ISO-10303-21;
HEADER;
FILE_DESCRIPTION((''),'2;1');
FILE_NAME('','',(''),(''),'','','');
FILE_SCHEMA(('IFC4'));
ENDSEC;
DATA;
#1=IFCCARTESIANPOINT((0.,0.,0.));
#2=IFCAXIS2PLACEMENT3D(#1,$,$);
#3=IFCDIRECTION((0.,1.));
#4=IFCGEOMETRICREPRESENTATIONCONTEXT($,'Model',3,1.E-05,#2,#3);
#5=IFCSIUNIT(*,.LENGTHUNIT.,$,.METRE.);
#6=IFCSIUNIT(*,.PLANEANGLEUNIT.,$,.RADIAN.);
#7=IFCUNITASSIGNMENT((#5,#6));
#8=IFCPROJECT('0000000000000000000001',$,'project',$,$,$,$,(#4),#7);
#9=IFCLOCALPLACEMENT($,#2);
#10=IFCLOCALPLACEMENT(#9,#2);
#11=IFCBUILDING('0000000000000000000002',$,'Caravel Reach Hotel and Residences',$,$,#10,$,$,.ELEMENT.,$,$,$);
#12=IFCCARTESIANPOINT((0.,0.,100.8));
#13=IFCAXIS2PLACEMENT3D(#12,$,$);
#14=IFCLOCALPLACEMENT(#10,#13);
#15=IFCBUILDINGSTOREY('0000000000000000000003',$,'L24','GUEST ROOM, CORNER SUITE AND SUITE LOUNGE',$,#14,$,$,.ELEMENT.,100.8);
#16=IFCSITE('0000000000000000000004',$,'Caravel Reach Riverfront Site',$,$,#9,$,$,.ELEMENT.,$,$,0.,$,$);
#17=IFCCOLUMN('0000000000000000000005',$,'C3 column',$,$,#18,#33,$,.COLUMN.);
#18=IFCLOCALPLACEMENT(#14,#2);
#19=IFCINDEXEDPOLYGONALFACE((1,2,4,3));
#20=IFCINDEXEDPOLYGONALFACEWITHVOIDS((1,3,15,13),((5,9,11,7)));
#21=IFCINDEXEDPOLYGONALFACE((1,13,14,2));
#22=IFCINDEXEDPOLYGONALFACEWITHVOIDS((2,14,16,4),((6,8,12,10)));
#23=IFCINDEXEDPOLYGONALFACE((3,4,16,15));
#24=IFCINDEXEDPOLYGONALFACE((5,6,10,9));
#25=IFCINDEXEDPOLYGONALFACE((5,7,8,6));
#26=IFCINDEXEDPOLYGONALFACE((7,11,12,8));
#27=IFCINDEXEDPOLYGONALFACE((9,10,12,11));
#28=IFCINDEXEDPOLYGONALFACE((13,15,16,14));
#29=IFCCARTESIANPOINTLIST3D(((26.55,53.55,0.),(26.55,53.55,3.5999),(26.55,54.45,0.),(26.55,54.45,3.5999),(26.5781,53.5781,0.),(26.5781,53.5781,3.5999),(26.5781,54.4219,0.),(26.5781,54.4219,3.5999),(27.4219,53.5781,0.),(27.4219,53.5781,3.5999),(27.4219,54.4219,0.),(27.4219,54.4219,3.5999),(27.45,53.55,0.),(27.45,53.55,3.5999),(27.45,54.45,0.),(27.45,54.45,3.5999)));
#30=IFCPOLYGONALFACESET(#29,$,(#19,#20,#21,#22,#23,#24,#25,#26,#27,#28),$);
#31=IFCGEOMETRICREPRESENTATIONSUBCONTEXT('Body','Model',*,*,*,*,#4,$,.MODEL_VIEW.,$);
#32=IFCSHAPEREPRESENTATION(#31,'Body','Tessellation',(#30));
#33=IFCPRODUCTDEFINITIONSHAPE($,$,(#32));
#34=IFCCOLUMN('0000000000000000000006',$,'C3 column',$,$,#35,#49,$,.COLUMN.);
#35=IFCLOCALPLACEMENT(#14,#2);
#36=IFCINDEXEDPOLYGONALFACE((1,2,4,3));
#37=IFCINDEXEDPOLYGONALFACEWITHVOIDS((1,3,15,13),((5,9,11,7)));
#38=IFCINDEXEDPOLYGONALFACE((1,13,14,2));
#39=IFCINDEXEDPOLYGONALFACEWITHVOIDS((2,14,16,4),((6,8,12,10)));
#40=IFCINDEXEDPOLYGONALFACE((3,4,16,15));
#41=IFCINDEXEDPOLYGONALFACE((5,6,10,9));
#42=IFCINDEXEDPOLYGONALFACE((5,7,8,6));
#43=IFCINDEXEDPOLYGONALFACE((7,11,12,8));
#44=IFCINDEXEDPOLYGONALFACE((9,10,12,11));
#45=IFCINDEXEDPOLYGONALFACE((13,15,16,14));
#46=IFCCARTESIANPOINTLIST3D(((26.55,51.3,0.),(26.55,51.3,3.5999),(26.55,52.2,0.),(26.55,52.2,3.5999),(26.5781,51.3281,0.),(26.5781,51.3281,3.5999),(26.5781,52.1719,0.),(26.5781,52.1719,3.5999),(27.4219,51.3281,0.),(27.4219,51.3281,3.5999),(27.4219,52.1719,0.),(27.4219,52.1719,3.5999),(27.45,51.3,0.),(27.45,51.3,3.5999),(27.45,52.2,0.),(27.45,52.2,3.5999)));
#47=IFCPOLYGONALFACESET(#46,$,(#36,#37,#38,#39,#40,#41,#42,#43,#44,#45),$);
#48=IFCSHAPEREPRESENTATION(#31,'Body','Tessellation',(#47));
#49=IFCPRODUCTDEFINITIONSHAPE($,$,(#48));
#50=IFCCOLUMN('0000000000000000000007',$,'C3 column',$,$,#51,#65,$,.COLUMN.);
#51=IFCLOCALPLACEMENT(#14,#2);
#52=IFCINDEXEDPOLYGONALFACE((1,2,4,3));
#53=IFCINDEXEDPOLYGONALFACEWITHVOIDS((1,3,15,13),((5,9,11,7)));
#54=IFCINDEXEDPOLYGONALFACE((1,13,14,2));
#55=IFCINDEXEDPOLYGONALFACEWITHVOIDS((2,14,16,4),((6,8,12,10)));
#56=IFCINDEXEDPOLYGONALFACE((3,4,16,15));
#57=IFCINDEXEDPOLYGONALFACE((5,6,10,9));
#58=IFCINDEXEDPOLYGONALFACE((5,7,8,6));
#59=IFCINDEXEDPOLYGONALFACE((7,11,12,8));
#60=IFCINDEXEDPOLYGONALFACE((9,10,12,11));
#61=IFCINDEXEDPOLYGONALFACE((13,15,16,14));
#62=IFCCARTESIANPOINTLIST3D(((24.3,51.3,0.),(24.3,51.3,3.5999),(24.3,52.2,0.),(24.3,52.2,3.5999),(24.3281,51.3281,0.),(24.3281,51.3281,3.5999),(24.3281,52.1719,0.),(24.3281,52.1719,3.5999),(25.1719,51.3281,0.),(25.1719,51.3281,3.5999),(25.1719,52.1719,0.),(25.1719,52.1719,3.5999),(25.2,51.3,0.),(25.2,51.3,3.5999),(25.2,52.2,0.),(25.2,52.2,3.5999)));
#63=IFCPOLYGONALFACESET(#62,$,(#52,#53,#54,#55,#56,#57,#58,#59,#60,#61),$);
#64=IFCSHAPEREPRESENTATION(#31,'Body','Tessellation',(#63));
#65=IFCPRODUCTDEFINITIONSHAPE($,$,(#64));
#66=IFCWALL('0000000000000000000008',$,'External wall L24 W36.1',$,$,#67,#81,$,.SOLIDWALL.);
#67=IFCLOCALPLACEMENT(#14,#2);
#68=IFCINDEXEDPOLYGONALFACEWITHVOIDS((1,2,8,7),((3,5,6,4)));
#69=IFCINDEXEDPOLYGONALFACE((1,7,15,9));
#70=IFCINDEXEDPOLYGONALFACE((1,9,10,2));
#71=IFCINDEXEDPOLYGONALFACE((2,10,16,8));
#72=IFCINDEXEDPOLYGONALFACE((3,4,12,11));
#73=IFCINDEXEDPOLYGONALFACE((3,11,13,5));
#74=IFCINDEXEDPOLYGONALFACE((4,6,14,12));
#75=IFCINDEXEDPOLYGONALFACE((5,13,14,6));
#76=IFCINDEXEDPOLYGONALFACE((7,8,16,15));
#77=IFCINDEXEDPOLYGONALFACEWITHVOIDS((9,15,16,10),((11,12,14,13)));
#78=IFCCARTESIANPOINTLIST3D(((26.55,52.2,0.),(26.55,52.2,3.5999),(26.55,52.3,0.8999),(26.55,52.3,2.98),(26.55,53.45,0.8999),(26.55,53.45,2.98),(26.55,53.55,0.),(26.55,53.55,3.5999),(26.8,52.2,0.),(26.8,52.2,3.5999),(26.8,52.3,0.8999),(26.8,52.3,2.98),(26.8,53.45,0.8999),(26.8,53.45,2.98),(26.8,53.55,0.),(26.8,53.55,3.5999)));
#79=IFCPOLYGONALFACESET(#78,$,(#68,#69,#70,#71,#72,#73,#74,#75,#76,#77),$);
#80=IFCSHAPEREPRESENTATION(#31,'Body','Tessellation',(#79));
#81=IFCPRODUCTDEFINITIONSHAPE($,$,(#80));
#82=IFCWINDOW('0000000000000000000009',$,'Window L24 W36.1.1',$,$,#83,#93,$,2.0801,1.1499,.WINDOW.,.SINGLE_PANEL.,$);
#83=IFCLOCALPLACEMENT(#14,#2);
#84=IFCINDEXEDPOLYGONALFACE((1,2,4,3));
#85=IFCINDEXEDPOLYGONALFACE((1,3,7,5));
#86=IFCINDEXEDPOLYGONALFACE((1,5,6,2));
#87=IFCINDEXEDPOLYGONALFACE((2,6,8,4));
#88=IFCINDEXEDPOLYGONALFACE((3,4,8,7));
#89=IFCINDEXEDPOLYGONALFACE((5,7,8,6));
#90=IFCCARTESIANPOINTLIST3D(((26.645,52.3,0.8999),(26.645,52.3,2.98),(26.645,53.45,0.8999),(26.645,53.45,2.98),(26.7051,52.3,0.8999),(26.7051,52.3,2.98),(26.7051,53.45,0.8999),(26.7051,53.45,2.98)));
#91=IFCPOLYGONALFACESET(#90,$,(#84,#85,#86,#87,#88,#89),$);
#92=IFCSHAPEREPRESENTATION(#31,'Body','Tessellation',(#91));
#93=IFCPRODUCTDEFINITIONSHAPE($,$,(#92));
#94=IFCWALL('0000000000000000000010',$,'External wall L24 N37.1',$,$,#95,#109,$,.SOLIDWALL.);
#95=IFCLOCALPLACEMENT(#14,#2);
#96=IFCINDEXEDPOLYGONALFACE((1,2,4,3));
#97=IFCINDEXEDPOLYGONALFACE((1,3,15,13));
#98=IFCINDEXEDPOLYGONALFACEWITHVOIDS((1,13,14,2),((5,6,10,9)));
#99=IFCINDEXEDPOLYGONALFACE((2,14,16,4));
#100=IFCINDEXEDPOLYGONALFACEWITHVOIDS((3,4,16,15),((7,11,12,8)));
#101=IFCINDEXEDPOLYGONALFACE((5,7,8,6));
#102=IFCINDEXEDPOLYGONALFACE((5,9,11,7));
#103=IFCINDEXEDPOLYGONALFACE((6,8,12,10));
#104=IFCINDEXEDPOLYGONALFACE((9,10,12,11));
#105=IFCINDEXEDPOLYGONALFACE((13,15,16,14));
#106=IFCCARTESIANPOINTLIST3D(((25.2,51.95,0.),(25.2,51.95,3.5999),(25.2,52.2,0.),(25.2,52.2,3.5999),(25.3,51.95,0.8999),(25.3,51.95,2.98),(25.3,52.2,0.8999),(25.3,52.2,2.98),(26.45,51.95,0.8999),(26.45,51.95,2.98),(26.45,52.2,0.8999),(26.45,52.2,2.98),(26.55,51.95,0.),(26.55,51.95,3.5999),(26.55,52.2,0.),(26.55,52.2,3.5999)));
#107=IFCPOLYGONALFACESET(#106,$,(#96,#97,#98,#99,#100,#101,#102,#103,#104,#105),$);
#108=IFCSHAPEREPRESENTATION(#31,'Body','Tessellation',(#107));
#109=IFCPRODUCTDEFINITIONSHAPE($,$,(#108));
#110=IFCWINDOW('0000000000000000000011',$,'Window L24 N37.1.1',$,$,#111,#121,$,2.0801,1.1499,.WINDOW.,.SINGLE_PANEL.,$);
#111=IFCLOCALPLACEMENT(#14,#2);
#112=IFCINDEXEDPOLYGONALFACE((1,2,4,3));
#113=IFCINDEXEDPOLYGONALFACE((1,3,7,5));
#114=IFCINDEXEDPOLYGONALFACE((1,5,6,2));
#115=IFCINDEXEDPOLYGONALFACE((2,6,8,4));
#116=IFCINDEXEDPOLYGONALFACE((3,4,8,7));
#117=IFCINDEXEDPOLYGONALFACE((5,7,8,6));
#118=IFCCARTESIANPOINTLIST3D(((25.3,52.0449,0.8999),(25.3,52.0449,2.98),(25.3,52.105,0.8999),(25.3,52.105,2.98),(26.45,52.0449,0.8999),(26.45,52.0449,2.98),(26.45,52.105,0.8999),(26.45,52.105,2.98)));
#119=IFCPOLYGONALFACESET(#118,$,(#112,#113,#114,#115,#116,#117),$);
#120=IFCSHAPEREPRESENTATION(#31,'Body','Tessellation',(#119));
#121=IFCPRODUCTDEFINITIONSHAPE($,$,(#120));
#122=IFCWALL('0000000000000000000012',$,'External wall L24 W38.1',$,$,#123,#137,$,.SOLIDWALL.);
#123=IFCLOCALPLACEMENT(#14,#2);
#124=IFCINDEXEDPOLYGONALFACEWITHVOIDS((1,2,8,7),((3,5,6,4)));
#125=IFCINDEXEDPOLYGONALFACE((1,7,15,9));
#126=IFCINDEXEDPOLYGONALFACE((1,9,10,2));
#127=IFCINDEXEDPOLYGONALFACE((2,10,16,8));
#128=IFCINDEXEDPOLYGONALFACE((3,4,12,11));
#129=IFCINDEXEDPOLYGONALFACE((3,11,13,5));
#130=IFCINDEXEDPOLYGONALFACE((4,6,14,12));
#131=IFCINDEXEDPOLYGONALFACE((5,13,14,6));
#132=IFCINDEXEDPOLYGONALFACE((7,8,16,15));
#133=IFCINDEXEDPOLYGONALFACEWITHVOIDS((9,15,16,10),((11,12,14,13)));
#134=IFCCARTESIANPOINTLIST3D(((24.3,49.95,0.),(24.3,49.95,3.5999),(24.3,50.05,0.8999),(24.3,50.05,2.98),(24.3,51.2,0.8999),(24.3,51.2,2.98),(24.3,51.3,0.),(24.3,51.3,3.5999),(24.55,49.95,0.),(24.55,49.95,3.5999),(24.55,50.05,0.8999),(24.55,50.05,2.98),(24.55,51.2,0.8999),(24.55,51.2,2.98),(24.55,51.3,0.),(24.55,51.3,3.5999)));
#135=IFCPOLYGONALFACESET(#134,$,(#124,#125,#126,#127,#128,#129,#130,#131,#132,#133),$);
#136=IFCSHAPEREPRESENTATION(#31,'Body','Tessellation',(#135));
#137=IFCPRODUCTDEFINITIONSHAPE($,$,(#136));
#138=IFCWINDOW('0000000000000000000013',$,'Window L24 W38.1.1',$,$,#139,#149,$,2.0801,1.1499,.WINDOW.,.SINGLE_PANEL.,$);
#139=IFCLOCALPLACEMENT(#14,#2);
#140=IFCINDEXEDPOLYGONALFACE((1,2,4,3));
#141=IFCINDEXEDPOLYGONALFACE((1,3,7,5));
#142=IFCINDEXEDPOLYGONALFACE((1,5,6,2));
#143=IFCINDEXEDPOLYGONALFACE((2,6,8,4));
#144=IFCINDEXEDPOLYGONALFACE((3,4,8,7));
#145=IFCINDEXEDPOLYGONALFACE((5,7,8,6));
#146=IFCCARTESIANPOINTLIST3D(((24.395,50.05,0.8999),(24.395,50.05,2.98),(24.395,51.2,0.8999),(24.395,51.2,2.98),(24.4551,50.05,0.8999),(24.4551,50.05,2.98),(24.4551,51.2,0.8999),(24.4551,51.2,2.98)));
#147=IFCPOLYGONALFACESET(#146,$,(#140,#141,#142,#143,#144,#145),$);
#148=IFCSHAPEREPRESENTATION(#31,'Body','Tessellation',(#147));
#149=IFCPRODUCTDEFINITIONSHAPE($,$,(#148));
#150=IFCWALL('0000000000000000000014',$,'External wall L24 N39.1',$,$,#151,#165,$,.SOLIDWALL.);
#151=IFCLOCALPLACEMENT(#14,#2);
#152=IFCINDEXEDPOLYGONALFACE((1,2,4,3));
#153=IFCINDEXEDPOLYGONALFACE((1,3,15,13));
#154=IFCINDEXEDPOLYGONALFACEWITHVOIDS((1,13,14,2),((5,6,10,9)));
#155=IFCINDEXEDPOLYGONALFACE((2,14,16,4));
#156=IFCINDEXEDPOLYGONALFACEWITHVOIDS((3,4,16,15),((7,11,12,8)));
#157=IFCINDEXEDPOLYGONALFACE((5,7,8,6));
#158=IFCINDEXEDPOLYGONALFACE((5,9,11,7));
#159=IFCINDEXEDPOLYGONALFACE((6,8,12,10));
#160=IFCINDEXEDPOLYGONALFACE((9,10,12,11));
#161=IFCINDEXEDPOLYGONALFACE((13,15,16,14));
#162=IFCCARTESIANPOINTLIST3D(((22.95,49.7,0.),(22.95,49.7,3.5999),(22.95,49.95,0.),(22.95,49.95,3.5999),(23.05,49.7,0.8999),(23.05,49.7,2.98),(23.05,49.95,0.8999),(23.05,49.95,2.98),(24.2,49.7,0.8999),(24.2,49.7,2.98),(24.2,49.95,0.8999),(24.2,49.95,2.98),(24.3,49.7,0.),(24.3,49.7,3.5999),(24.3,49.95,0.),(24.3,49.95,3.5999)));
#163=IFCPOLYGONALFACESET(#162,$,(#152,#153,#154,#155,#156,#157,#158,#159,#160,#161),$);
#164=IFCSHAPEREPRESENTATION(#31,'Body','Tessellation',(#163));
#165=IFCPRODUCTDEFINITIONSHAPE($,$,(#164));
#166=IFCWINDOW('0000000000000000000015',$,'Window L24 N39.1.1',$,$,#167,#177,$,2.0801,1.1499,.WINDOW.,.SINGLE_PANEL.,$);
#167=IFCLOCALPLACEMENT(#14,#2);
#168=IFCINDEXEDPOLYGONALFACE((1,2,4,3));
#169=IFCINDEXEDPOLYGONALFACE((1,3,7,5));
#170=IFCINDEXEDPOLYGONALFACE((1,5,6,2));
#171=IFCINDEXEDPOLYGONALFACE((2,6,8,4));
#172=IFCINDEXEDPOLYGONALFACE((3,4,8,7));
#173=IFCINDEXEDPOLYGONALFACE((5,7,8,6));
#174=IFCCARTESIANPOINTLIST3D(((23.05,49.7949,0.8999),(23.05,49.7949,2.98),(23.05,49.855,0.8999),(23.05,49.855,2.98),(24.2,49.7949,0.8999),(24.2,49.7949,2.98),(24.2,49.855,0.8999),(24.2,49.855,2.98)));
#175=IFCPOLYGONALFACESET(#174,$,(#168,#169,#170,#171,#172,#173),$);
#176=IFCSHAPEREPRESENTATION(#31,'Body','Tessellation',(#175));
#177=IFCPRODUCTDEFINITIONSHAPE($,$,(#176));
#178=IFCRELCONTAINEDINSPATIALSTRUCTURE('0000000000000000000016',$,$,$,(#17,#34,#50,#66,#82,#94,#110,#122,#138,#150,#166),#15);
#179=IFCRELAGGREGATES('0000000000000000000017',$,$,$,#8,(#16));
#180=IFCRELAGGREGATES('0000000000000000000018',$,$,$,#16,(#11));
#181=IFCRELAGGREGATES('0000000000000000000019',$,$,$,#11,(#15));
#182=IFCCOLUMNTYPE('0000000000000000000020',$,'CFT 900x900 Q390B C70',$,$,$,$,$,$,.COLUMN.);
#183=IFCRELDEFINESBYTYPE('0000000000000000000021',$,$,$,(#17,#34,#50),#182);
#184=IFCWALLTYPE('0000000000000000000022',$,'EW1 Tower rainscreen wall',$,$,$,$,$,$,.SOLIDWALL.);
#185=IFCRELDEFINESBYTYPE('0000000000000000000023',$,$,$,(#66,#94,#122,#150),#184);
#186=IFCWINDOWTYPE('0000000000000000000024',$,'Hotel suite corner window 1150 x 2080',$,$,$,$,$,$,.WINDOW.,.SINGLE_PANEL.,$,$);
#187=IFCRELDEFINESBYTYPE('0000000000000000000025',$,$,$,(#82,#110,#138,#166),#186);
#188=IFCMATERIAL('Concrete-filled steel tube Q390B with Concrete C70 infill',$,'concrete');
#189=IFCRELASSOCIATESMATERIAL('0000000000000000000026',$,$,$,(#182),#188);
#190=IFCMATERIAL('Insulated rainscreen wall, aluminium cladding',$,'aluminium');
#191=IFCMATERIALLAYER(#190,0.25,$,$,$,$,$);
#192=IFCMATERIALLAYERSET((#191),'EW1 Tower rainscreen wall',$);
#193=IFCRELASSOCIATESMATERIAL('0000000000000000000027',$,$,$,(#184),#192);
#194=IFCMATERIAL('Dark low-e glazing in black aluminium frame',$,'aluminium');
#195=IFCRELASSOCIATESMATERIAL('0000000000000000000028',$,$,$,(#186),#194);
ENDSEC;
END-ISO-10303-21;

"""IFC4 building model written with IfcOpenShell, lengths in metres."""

from ifc_helpers import new_model, si_unit, direction, frame, frame_2d, origin, origin_2d, place, context, subcontext, project, spatial, rectangle, hollow_rectangle, extrude, material, layer, layer_set, material_profile, profile_set, type_object, element, fill, save


model = new_model("IFC4")

# Units and contexts
model_context = context("Model", 3, precision=1e-05, world=origin(), true_north=direction((0.0, 1.0)))
body_context = subcontext(model_context, "Body", "Model", "MODEL_VIEW")
ifc_project = project(units=[si_unit("LENGTHUNIT", "METRE"), si_unit("PLANEANGLEUNIT", "RADIAN")], contexts=[model_context])

# Site, building, storey
site_placement = place(None, origin())
site = spatial("IfcSite", under=ifc_project, at=site_placement, Name="Caravel Reach Riverfront Site", CompositionType="ELEMENT", RefElevation=0.0)
building_placement = place(site_placement, origin())
building = spatial("IfcBuilding", under=site, at=building_placement, Name="Caravel Reach Hotel and Residences", CompositionType="ELEMENT")
storey_placement = place(building_placement, frame((0.0, 0.0, 100.8)))
storey = spatial("IfcBuildingStorey", under=building, at=storey_placement, Name="L24", Description="GUEST ROOM, CORNER SUITE AND SUITE LOUNGE", CompositionType="ELEMENT", Elevation=100.8)

# Columns
ifc_material_1 = material(Name="Concrete-filled steel tube Q390B with Concrete C70 infill", Category="concrete")
ifc_material_profile = material_profile(ifc_material_1, hollow_rectangle(XDim=0.8999, YDim=0.8999, WallThickness=0.0281, at=origin_2d()), Name="RHS 900x900x28")
ifc_profile_set = profile_set([ifc_material_profile], Name="Concrete-filled steel tube Q390B with Concrete C70 infill")
column_type = type_object("IfcColumnType", Name="CFT 900x900 Q390B C70", PredefinedType="COLUMN", material=ifc_profile_set)
for number, where, z_axis, x_axis, name in (
    (1, (27.0, 54.0, 0.0), (0.0, 0.0, 1.0), (1.0, 0.0, 0.0), "C3 column"),
    (2, (27.0, 51.75, 0.0), (0.0, 0.0, 1.0), (1.0, 0.0, 0.0), "C3 column"),
    (3, (24.75, 51.75, 0.0), (0.0, 0.0, 1.0), (1.0, 0.0, 0.0), "C3 column"),
):
    element("IfcColumn", number, at=place(storey_placement, frame(where, z_axis=z_axis, x_axis=x_axis)), inside=storey, type_object=column_type, Name=name, PredefinedType="COLUMN", context=body_context, shape_type="SweptSolid", body=[
        extrude(hollow_rectangle(XDim=0.8999, YDim=0.8999, WallThickness=0.0281, at=origin_2d()), origin(), (0.0, 0.0, 1.0), 3.5999),
    ])

# Walls, openings, windows
ifc_material_2 = material(Name="Insulated rainscreen wall, aluminium cladding", Category="aluminium")
ifc_layer = layer(ifc_material_2, 0.25)
ifc_layer_set = layer_set([ifc_layer], Name="EW1 Tower rainscreen wall")
wall_type = type_object("IfcWallType", Name="EW1 Tower rainscreen wall", PredefinedType="SOLIDWALL", material=ifc_layer_set)
wall_1_placement = place(storey_placement, frame((26.675, 53.55, 0.0), z_axis=(0.0, 0.0, 1.0), x_axis=(0.0, -1.0, 0.0)))
wall_1 = element("IfcWall", 4, at=wall_1_placement, inside=storey, type_object=wall_type, Name="External wall L24 W36.1", PredefinedType="SOLIDWALL", context=body_context, shape_type="SweptSolid", body=[
    extrude(rectangle(XDim=1.3501, YDim=0.25, at=frame_2d((0.675, 0.0))), origin(), (0.0, 0.0, 1.0), 3.5999),
])
opening_1_placement = place(wall_1_placement, frame((0.1001, 0.0, 0.8999)))
opening_1 = element("IfcOpeningElement", 5, at=opening_1_placement, cuts=wall_1, PredefinedType="OPENING", context=body_context, shape_type="SweptSolid", body=[
    extrude(rectangle(XDim=1.1499, YDim=2.0801, at=frame_2d((0.575, 1.04))), frame((0.0, 0.135, 0.0), z_axis=(0.0, -1.0, 0.0), x_axis=(1.0, 0.0, 0.0)), (0.0, 0.0, 1.0), 0.27),
])
ifc_material_3 = material(Name="Dark low-e glazing in black aluminium frame", Category="aluminium")
window_type = type_object("IfcWindowType", Name="Hotel suite corner window 1150 x 2080", PartitioningType="SINGLE_PANEL", PredefinedType="WINDOW", material=ifc_material_3)
window_1_placement = place(opening_1_placement, origin())
window_1 = element("IfcWindow", 6, at=window_1_placement, inside=storey, type_object=window_type, Name="Window L24 W36.1.1", OverallHeight=2.0801, OverallWidth=1.1499, PartitioningType="SINGLE_PANEL", PredefinedType="WINDOW", context=body_context, shape_type="SweptSolid", body=[
    extrude(rectangle(XDim=1.1499, YDim=2.0801, at=frame_2d((0.575, 1.04))), frame((0.0, 0.03, 0.0), z_axis=(0.0, -1.0, 0.0), x_axis=(1.0, 0.0, 0.0)), (0.0, 0.0, 1.0), 0.0601),
])
fill(opening_1, window_1)
wall_2_placement = place(storey_placement, frame((26.55, 52.075, 0.0), z_axis=(0.0, 0.0, 1.0), x_axis=(-1.0, 0.0, 0.0)))
wall_2 = element("IfcWall", 7, at=wall_2_placement, inside=storey, type_object=wall_type, Name="External wall L24 N37.1", PredefinedType="SOLIDWALL", context=body_context, shape_type="SweptSolid", body=[
    extrude(rectangle(XDim=1.3501, YDim=0.25, at=frame_2d((0.675, 0.0))), origin(), (0.0, 0.0, 1.0), 3.5999),
])
opening_2_placement = place(wall_2_placement, frame((0.1001, 0.0, 0.8999)))
opening_2 = element("IfcOpeningElement", 8, at=opening_2_placement, cuts=wall_2, PredefinedType="OPENING", context=body_context, shape_type="SweptSolid", body=[
    extrude(rectangle(XDim=1.1499, YDim=2.0801, at=frame_2d((0.575, 1.04))), frame((0.0, 0.135, 0.0), z_axis=(0.0, -1.0, 0.0), x_axis=(1.0, 0.0, 0.0)), (0.0, 0.0, 1.0), 0.27),
])
window_2_placement = place(opening_2_placement, origin())
window_2 = element("IfcWindow", 9, at=window_2_placement, inside=storey, type_object=window_type, Name="Window L24 N37.1.1", OverallHeight=2.0801, OverallWidth=1.1499, PartitioningType="SINGLE_PANEL", PredefinedType="WINDOW", context=body_context, shape_type="SweptSolid", body=[
    extrude(rectangle(XDim=1.1499, YDim=2.0801, at=frame_2d((0.575, 1.04))), frame((0.0, 0.03, 0.0), z_axis=(0.0, -1.0, 0.0), x_axis=(1.0, 0.0, 0.0)), (0.0, 0.0, 1.0), 0.0601),
])
fill(opening_2, window_2)
wall_3_placement = place(storey_placement, frame((24.425, 51.3, 0.0), z_axis=(0.0, 0.0, 1.0), x_axis=(0.0, -1.0, 0.0)))
wall_3 = element("IfcWall", 10, at=wall_3_placement, inside=storey, type_object=wall_type, Name="External wall L24 W38.1", PredefinedType="SOLIDWALL", context=body_context, shape_type="SweptSolid", body=[
    extrude(rectangle(XDim=1.3501, YDim=0.25, at=frame_2d((0.675, 0.0))), origin(), (0.0, 0.0, 1.0), 3.5999),
])
opening_3_placement = place(wall_3_placement, frame((0.1001, 0.0, 0.8999)))
opening_3 = element("IfcOpeningElement", 11, at=opening_3_placement, cuts=wall_3, PredefinedType="OPENING", context=body_context, shape_type="SweptSolid", body=[
    extrude(rectangle(XDim=1.1499, YDim=2.0801, at=frame_2d((0.575, 1.04))), frame((0.0, 0.135, 0.0), z_axis=(0.0, -1.0, 0.0), x_axis=(1.0, 0.0, 0.0)), (0.0, 0.0, 1.0), 0.27),
])
window_3_placement = place(opening_3_placement, origin())
window_3 = element("IfcWindow", 12, at=window_3_placement, inside=storey, type_object=window_type, Name="Window L24 W38.1.1", OverallHeight=2.0801, OverallWidth=1.1499, PartitioningType="SINGLE_PANEL", PredefinedType="WINDOW", context=body_context, shape_type="SweptSolid", body=[
    extrude(rectangle(XDim=1.1499, YDim=2.0801, at=frame_2d((0.575, 1.04))), frame((0.0, 0.03, 0.0), z_axis=(0.0, -1.0, 0.0), x_axis=(1.0, 0.0, 0.0)), (0.0, 0.0, 1.0), 0.0601),
])
fill(opening_3, window_3)
wall_4_placement = place(storey_placement, frame((24.3, 49.825, 0.0), z_axis=(0.0, 0.0, 1.0), x_axis=(-1.0, 0.0, 0.0)))
wall_4 = element("IfcWall", 13, at=wall_4_placement, inside=storey, type_object=wall_type, Name="External wall L24 N39.1", PredefinedType="SOLIDWALL", context=body_context, shape_type="SweptSolid", body=[
    extrude(rectangle(XDim=1.3501, YDim=0.25, at=frame_2d((0.675, 0.0))), origin(), (0.0, 0.0, 1.0), 3.5999),
])
opening_4_placement = place(wall_4_placement, frame((0.1001, 0.0, 0.8999)))
opening_4 = element("IfcOpeningElement", 14, at=opening_4_placement, cuts=wall_4, PredefinedType="OPENING", context=body_context, shape_type="SweptSolid", body=[
    extrude(rectangle(XDim=1.1499, YDim=2.0801, at=frame_2d((0.575, 1.04))), frame((0.0, 0.135, 0.0), z_axis=(0.0, -1.0, 0.0), x_axis=(1.0, 0.0, 0.0)), (0.0, 0.0, 1.0), 0.27),
])
window_4_placement = place(opening_4_placement, origin())
window_4 = element("IfcWindow", 15, at=window_4_placement, inside=storey, type_object=window_type, Name="Window L24 N39.1.1", OverallHeight=2.0801, OverallWidth=1.1499, PartitioningType="SINGLE_PANEL", PredefinedType="WINDOW", context=body_context, shape_type="SweptSolid", body=[
    extrude(rectangle(XDim=1.1499, YDim=2.0801, at=frame_2d((0.575, 1.04))), frame((0.0, 0.03, 0.0), z_axis=(0.0, -1.0, 0.0), x_axis=(1.0, 0.0, 0.0)), (0.0, 0.0, 1.0), 0.0601),
])
fill(opening_4, window_4)

save(model, "model.ifc")
